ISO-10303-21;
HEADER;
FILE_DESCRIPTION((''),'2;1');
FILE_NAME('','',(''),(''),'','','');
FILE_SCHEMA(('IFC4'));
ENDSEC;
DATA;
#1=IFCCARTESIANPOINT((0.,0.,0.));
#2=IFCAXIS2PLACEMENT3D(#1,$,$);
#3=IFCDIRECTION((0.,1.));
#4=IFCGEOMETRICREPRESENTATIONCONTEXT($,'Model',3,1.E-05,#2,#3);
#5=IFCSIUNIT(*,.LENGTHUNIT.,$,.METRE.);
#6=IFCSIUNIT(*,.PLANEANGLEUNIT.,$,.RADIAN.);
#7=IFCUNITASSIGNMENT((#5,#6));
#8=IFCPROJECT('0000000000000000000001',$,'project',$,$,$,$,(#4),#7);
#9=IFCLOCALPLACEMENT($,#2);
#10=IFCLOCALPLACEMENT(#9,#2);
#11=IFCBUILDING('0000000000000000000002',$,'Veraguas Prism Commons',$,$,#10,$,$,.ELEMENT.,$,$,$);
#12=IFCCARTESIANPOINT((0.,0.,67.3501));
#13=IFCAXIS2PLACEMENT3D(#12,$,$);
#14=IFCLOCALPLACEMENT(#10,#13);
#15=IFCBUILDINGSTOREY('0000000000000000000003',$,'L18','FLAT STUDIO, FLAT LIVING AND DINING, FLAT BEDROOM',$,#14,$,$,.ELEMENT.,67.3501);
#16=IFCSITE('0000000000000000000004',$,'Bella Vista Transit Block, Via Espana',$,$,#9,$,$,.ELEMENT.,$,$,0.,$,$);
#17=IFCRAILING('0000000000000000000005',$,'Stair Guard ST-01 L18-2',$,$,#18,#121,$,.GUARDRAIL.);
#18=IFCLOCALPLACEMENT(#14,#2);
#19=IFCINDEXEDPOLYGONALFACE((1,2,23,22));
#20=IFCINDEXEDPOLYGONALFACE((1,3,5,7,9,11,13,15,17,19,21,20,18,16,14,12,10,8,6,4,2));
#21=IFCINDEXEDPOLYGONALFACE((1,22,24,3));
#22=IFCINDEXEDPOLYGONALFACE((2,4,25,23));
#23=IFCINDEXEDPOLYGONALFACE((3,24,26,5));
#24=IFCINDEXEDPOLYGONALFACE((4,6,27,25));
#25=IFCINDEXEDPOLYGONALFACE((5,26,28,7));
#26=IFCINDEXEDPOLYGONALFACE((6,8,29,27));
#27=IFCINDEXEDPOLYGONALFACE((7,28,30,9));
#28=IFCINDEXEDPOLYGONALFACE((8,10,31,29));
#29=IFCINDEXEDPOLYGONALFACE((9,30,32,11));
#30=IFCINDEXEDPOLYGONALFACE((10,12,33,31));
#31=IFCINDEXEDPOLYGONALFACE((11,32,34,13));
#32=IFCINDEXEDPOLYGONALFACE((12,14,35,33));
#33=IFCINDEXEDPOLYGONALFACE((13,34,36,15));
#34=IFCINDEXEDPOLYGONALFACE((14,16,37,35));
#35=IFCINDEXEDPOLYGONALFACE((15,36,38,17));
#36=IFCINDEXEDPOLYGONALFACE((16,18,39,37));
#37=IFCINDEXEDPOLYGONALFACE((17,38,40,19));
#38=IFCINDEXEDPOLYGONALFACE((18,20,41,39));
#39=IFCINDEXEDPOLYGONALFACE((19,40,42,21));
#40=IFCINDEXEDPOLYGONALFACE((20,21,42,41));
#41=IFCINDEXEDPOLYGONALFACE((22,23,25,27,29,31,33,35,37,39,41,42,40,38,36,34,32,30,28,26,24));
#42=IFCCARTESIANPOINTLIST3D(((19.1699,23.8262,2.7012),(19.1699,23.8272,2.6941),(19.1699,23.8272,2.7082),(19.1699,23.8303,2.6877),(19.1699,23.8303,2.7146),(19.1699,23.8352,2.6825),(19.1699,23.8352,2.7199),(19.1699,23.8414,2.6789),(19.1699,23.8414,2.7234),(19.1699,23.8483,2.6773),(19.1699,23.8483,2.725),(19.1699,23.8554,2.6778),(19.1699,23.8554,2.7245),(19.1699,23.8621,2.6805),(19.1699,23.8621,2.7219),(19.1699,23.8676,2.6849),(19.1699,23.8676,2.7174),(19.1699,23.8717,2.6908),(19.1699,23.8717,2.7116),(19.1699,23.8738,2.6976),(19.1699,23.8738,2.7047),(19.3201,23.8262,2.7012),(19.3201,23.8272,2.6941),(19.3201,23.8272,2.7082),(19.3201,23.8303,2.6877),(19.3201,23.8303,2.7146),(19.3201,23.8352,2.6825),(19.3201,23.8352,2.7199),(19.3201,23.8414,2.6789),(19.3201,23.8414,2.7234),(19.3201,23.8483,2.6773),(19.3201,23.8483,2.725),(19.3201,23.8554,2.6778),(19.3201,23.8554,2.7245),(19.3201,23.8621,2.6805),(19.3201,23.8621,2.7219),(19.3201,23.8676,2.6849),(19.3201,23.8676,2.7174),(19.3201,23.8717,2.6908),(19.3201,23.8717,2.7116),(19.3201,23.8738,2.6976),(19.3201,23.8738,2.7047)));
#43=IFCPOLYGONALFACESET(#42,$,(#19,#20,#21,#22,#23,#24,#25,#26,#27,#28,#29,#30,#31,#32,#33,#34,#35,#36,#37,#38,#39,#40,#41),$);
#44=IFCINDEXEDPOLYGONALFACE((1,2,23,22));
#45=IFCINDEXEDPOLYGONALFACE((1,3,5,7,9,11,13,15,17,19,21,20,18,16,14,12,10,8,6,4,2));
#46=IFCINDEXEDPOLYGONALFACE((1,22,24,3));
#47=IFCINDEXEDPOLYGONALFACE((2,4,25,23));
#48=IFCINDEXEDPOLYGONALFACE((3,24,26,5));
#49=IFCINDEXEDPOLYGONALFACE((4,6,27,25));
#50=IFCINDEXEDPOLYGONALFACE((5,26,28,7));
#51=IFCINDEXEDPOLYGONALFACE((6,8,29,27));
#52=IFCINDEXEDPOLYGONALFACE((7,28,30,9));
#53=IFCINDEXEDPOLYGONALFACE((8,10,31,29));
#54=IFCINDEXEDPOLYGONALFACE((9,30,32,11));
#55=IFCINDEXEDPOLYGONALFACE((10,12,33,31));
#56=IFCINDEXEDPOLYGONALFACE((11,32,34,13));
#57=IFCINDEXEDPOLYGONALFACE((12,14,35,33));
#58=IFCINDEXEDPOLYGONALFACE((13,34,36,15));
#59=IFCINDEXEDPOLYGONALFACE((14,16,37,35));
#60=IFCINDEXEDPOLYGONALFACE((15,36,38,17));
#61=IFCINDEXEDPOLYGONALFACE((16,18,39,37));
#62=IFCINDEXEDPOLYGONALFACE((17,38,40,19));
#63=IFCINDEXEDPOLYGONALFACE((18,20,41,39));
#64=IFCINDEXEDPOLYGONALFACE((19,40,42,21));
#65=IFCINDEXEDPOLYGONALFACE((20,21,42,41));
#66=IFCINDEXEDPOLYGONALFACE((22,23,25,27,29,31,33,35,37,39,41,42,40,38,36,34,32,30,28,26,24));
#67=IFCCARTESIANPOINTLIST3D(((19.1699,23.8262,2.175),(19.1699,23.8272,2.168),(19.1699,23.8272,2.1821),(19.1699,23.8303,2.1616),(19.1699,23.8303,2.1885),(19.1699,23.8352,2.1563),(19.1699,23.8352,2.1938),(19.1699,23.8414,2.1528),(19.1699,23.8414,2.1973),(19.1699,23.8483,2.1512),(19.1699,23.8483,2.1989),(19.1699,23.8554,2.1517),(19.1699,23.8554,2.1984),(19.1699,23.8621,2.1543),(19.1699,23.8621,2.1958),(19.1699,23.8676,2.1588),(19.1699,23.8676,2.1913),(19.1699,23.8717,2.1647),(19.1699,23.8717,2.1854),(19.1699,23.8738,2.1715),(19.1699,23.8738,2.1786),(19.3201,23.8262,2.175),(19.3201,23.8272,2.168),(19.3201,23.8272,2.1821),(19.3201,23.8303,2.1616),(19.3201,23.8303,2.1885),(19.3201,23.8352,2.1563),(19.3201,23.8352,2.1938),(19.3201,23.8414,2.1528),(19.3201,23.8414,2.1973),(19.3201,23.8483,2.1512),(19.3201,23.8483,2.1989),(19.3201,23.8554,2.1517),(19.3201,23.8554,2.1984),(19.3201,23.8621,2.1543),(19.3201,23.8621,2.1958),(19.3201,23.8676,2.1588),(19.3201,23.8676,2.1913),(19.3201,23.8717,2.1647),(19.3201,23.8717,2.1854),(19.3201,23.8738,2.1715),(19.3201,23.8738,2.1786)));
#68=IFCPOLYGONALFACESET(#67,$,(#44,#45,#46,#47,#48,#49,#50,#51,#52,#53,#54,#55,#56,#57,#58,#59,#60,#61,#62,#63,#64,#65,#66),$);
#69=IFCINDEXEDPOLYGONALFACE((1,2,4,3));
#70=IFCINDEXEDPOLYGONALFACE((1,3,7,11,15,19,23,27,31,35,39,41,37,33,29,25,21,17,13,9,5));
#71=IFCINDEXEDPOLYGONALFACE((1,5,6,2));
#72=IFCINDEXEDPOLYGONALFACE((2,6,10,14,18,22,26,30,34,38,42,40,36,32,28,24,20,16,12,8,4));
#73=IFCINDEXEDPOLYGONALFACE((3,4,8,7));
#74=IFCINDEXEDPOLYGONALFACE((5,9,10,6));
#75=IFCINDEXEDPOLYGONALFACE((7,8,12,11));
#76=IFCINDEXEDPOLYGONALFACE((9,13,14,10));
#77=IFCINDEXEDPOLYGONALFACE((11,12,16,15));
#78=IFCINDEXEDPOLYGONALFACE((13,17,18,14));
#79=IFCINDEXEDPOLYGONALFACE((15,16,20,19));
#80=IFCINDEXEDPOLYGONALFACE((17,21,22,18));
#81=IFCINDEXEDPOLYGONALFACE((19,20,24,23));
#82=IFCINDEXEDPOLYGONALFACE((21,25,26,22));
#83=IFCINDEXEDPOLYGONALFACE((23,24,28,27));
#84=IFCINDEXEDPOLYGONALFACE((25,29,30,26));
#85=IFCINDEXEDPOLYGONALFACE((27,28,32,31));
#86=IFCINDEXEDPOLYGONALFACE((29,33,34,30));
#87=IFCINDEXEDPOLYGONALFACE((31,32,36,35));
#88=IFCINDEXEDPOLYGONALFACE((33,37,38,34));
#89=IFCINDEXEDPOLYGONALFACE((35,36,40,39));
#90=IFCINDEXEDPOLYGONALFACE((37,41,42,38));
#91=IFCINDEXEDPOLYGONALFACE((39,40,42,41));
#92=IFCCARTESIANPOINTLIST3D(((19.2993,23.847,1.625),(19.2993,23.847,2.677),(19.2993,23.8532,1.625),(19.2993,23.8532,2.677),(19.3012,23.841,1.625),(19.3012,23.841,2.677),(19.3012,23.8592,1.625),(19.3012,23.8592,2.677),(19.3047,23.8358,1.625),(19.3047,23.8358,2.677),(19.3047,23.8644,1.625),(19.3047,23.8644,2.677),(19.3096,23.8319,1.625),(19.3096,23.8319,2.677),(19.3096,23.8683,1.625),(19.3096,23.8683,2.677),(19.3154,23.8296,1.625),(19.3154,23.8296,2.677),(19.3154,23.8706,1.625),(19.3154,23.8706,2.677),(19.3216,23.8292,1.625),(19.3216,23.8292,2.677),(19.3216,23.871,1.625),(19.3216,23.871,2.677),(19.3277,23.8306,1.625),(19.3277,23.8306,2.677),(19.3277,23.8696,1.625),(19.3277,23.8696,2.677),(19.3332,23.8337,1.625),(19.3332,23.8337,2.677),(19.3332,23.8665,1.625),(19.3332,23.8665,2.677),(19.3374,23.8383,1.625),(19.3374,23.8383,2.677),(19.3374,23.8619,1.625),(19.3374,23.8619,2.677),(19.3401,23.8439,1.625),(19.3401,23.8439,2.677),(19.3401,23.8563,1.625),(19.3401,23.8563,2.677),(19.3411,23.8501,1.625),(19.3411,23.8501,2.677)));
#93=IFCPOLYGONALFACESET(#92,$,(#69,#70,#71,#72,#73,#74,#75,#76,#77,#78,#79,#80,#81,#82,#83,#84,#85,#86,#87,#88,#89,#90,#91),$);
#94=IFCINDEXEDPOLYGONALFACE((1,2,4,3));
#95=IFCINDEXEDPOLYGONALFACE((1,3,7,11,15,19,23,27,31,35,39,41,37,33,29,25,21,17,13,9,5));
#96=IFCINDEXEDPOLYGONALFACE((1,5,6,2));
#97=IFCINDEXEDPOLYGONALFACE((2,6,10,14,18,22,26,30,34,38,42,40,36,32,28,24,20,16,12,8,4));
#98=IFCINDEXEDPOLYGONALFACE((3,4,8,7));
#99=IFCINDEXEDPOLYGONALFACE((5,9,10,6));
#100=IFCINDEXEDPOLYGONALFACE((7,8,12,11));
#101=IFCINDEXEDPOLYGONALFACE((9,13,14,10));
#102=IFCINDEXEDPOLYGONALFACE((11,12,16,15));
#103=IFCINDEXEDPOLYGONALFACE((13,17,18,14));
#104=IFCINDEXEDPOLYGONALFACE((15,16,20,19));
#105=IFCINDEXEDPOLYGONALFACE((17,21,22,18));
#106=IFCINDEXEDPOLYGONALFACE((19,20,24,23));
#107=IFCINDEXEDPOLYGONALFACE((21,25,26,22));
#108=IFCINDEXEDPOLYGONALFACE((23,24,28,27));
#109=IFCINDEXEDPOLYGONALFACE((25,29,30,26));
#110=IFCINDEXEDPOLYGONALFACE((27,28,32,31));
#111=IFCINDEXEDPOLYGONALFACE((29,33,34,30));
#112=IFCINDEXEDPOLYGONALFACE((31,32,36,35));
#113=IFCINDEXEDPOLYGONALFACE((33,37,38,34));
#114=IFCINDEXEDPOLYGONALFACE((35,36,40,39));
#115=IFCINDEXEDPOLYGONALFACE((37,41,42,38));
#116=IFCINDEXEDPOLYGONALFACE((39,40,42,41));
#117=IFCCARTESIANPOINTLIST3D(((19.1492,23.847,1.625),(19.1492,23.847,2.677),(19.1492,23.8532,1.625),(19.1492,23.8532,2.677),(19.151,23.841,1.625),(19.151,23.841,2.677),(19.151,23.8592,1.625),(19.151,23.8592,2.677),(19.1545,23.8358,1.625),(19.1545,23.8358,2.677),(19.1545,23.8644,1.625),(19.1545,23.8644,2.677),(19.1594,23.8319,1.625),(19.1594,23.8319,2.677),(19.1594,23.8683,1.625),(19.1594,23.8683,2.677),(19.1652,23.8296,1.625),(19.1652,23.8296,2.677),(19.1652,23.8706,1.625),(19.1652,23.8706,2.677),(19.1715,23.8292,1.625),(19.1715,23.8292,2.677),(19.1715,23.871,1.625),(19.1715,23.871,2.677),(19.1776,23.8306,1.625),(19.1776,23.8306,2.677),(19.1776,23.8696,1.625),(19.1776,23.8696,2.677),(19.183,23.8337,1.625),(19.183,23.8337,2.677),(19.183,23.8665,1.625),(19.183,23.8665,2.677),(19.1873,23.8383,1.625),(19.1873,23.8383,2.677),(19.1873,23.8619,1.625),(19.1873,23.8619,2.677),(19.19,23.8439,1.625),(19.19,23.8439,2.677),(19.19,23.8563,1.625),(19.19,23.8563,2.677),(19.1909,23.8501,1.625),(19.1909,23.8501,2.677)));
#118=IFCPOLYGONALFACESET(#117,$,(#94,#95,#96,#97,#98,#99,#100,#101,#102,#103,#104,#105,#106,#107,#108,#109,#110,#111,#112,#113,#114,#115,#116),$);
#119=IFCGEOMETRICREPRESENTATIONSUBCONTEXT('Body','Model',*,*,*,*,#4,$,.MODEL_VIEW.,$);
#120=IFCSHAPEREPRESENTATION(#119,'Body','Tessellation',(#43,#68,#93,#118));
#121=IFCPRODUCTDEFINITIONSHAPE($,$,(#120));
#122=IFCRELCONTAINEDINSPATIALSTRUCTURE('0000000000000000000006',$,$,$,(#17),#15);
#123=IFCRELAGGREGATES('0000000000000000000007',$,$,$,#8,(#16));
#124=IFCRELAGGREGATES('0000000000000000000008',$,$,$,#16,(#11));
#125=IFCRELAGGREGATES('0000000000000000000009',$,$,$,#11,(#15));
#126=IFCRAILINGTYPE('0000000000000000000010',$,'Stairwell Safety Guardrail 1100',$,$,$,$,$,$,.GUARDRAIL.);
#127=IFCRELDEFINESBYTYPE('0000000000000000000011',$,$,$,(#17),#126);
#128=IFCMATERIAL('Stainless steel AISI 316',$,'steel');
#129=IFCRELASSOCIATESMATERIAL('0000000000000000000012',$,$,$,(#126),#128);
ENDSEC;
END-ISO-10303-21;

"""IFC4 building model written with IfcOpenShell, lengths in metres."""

from ifc_helpers import new_model, si_unit, direction, frame, origin, origin_2d, place, context, subcontext, project, spatial, circle, extrude, material, type_object, element, save


model = new_model("IFC4")

# Units and contexts
model_context = context("Model", 3, precision=1e-05, world=origin(), true_north=direction((0.0, 1.0)))
body_context = subcontext(model_context, "Body", "Model", "MODEL_VIEW")
ifc_project = project(units=[si_unit("LENGTHUNIT", "METRE"), si_unit("PLANEANGLEUNIT", "RADIAN")], contexts=[model_context])

# Site, building, storey
site_placement = place(None, origin())
site = spatial("IfcSite", under=ifc_project, at=site_placement, Name="Bella Vista Transit Block, Via Espana", CompositionType="ELEMENT", RefElevation=0.0)
building_placement = place(site_placement, origin())
building = spatial("IfcBuilding", under=site, at=building_placement, Name="Veraguas Prism Commons", CompositionType="ELEMENT")
storey_placement = place(building_placement, frame((0.0, 0.0, 67.3501)))
storey = spatial("IfcBuildingStorey", under=building, at=storey_placement, Name="L18", Description="FLAT STUDIO, FLAT LIVING AND DINING, FLAT BEDROOM", CompositionType="ELEMENT", Elevation=67.3501)

# Railing
ifc_material_1 = material(Name="Stainless steel AISI 316", Category="steel")
railing_type_1 = type_object("IfcRailingType", Name="Stairwell Safety Guardrail 1100", PredefinedType="GUARDRAIL", material=ifc_material_1)
railing_1_placement = place(storey_placement, frame((19.3201, 23.8501, 1.625)))
element("IfcRailing", 1, at=railing_1_placement, inside=storey, type_object=railing_type_1, Name="Stair Guard ST-01 L18-2", PredefinedType="GUARDRAIL", context=body_context, shape_type="SweptSolid", body=[
    extrude(circle(Radius=0.0239, at=origin_2d()), frame((0.0, 0.0, 1.0762), z_axis=(-1.0, 0.0, 0.0), x_axis=(0.0, -1.0, 0.0)), (0.0, 0.0, 1.0), 0.1501),
    extrude(circle(Radius=0.0239, at=origin_2d()), frame((0.0, 0.0, 0.55), z_axis=(-1.0, 0.0, 0.0), x_axis=(0.0, -1.0, 0.0)), (0.0, 0.0, 1.0), 0.1501),
    extrude(circle(Radius=0.021, at=origin_2d()), origin(), (0.0, 0.0, 1.0), 1.052),
    extrude(circle(Radius=0.021, at=origin_2d()), frame((-0.1501, 0.0, 0.0)), (0.0, 0.0, 1.0), 1.052),
])

save(model, "model.ifc")
